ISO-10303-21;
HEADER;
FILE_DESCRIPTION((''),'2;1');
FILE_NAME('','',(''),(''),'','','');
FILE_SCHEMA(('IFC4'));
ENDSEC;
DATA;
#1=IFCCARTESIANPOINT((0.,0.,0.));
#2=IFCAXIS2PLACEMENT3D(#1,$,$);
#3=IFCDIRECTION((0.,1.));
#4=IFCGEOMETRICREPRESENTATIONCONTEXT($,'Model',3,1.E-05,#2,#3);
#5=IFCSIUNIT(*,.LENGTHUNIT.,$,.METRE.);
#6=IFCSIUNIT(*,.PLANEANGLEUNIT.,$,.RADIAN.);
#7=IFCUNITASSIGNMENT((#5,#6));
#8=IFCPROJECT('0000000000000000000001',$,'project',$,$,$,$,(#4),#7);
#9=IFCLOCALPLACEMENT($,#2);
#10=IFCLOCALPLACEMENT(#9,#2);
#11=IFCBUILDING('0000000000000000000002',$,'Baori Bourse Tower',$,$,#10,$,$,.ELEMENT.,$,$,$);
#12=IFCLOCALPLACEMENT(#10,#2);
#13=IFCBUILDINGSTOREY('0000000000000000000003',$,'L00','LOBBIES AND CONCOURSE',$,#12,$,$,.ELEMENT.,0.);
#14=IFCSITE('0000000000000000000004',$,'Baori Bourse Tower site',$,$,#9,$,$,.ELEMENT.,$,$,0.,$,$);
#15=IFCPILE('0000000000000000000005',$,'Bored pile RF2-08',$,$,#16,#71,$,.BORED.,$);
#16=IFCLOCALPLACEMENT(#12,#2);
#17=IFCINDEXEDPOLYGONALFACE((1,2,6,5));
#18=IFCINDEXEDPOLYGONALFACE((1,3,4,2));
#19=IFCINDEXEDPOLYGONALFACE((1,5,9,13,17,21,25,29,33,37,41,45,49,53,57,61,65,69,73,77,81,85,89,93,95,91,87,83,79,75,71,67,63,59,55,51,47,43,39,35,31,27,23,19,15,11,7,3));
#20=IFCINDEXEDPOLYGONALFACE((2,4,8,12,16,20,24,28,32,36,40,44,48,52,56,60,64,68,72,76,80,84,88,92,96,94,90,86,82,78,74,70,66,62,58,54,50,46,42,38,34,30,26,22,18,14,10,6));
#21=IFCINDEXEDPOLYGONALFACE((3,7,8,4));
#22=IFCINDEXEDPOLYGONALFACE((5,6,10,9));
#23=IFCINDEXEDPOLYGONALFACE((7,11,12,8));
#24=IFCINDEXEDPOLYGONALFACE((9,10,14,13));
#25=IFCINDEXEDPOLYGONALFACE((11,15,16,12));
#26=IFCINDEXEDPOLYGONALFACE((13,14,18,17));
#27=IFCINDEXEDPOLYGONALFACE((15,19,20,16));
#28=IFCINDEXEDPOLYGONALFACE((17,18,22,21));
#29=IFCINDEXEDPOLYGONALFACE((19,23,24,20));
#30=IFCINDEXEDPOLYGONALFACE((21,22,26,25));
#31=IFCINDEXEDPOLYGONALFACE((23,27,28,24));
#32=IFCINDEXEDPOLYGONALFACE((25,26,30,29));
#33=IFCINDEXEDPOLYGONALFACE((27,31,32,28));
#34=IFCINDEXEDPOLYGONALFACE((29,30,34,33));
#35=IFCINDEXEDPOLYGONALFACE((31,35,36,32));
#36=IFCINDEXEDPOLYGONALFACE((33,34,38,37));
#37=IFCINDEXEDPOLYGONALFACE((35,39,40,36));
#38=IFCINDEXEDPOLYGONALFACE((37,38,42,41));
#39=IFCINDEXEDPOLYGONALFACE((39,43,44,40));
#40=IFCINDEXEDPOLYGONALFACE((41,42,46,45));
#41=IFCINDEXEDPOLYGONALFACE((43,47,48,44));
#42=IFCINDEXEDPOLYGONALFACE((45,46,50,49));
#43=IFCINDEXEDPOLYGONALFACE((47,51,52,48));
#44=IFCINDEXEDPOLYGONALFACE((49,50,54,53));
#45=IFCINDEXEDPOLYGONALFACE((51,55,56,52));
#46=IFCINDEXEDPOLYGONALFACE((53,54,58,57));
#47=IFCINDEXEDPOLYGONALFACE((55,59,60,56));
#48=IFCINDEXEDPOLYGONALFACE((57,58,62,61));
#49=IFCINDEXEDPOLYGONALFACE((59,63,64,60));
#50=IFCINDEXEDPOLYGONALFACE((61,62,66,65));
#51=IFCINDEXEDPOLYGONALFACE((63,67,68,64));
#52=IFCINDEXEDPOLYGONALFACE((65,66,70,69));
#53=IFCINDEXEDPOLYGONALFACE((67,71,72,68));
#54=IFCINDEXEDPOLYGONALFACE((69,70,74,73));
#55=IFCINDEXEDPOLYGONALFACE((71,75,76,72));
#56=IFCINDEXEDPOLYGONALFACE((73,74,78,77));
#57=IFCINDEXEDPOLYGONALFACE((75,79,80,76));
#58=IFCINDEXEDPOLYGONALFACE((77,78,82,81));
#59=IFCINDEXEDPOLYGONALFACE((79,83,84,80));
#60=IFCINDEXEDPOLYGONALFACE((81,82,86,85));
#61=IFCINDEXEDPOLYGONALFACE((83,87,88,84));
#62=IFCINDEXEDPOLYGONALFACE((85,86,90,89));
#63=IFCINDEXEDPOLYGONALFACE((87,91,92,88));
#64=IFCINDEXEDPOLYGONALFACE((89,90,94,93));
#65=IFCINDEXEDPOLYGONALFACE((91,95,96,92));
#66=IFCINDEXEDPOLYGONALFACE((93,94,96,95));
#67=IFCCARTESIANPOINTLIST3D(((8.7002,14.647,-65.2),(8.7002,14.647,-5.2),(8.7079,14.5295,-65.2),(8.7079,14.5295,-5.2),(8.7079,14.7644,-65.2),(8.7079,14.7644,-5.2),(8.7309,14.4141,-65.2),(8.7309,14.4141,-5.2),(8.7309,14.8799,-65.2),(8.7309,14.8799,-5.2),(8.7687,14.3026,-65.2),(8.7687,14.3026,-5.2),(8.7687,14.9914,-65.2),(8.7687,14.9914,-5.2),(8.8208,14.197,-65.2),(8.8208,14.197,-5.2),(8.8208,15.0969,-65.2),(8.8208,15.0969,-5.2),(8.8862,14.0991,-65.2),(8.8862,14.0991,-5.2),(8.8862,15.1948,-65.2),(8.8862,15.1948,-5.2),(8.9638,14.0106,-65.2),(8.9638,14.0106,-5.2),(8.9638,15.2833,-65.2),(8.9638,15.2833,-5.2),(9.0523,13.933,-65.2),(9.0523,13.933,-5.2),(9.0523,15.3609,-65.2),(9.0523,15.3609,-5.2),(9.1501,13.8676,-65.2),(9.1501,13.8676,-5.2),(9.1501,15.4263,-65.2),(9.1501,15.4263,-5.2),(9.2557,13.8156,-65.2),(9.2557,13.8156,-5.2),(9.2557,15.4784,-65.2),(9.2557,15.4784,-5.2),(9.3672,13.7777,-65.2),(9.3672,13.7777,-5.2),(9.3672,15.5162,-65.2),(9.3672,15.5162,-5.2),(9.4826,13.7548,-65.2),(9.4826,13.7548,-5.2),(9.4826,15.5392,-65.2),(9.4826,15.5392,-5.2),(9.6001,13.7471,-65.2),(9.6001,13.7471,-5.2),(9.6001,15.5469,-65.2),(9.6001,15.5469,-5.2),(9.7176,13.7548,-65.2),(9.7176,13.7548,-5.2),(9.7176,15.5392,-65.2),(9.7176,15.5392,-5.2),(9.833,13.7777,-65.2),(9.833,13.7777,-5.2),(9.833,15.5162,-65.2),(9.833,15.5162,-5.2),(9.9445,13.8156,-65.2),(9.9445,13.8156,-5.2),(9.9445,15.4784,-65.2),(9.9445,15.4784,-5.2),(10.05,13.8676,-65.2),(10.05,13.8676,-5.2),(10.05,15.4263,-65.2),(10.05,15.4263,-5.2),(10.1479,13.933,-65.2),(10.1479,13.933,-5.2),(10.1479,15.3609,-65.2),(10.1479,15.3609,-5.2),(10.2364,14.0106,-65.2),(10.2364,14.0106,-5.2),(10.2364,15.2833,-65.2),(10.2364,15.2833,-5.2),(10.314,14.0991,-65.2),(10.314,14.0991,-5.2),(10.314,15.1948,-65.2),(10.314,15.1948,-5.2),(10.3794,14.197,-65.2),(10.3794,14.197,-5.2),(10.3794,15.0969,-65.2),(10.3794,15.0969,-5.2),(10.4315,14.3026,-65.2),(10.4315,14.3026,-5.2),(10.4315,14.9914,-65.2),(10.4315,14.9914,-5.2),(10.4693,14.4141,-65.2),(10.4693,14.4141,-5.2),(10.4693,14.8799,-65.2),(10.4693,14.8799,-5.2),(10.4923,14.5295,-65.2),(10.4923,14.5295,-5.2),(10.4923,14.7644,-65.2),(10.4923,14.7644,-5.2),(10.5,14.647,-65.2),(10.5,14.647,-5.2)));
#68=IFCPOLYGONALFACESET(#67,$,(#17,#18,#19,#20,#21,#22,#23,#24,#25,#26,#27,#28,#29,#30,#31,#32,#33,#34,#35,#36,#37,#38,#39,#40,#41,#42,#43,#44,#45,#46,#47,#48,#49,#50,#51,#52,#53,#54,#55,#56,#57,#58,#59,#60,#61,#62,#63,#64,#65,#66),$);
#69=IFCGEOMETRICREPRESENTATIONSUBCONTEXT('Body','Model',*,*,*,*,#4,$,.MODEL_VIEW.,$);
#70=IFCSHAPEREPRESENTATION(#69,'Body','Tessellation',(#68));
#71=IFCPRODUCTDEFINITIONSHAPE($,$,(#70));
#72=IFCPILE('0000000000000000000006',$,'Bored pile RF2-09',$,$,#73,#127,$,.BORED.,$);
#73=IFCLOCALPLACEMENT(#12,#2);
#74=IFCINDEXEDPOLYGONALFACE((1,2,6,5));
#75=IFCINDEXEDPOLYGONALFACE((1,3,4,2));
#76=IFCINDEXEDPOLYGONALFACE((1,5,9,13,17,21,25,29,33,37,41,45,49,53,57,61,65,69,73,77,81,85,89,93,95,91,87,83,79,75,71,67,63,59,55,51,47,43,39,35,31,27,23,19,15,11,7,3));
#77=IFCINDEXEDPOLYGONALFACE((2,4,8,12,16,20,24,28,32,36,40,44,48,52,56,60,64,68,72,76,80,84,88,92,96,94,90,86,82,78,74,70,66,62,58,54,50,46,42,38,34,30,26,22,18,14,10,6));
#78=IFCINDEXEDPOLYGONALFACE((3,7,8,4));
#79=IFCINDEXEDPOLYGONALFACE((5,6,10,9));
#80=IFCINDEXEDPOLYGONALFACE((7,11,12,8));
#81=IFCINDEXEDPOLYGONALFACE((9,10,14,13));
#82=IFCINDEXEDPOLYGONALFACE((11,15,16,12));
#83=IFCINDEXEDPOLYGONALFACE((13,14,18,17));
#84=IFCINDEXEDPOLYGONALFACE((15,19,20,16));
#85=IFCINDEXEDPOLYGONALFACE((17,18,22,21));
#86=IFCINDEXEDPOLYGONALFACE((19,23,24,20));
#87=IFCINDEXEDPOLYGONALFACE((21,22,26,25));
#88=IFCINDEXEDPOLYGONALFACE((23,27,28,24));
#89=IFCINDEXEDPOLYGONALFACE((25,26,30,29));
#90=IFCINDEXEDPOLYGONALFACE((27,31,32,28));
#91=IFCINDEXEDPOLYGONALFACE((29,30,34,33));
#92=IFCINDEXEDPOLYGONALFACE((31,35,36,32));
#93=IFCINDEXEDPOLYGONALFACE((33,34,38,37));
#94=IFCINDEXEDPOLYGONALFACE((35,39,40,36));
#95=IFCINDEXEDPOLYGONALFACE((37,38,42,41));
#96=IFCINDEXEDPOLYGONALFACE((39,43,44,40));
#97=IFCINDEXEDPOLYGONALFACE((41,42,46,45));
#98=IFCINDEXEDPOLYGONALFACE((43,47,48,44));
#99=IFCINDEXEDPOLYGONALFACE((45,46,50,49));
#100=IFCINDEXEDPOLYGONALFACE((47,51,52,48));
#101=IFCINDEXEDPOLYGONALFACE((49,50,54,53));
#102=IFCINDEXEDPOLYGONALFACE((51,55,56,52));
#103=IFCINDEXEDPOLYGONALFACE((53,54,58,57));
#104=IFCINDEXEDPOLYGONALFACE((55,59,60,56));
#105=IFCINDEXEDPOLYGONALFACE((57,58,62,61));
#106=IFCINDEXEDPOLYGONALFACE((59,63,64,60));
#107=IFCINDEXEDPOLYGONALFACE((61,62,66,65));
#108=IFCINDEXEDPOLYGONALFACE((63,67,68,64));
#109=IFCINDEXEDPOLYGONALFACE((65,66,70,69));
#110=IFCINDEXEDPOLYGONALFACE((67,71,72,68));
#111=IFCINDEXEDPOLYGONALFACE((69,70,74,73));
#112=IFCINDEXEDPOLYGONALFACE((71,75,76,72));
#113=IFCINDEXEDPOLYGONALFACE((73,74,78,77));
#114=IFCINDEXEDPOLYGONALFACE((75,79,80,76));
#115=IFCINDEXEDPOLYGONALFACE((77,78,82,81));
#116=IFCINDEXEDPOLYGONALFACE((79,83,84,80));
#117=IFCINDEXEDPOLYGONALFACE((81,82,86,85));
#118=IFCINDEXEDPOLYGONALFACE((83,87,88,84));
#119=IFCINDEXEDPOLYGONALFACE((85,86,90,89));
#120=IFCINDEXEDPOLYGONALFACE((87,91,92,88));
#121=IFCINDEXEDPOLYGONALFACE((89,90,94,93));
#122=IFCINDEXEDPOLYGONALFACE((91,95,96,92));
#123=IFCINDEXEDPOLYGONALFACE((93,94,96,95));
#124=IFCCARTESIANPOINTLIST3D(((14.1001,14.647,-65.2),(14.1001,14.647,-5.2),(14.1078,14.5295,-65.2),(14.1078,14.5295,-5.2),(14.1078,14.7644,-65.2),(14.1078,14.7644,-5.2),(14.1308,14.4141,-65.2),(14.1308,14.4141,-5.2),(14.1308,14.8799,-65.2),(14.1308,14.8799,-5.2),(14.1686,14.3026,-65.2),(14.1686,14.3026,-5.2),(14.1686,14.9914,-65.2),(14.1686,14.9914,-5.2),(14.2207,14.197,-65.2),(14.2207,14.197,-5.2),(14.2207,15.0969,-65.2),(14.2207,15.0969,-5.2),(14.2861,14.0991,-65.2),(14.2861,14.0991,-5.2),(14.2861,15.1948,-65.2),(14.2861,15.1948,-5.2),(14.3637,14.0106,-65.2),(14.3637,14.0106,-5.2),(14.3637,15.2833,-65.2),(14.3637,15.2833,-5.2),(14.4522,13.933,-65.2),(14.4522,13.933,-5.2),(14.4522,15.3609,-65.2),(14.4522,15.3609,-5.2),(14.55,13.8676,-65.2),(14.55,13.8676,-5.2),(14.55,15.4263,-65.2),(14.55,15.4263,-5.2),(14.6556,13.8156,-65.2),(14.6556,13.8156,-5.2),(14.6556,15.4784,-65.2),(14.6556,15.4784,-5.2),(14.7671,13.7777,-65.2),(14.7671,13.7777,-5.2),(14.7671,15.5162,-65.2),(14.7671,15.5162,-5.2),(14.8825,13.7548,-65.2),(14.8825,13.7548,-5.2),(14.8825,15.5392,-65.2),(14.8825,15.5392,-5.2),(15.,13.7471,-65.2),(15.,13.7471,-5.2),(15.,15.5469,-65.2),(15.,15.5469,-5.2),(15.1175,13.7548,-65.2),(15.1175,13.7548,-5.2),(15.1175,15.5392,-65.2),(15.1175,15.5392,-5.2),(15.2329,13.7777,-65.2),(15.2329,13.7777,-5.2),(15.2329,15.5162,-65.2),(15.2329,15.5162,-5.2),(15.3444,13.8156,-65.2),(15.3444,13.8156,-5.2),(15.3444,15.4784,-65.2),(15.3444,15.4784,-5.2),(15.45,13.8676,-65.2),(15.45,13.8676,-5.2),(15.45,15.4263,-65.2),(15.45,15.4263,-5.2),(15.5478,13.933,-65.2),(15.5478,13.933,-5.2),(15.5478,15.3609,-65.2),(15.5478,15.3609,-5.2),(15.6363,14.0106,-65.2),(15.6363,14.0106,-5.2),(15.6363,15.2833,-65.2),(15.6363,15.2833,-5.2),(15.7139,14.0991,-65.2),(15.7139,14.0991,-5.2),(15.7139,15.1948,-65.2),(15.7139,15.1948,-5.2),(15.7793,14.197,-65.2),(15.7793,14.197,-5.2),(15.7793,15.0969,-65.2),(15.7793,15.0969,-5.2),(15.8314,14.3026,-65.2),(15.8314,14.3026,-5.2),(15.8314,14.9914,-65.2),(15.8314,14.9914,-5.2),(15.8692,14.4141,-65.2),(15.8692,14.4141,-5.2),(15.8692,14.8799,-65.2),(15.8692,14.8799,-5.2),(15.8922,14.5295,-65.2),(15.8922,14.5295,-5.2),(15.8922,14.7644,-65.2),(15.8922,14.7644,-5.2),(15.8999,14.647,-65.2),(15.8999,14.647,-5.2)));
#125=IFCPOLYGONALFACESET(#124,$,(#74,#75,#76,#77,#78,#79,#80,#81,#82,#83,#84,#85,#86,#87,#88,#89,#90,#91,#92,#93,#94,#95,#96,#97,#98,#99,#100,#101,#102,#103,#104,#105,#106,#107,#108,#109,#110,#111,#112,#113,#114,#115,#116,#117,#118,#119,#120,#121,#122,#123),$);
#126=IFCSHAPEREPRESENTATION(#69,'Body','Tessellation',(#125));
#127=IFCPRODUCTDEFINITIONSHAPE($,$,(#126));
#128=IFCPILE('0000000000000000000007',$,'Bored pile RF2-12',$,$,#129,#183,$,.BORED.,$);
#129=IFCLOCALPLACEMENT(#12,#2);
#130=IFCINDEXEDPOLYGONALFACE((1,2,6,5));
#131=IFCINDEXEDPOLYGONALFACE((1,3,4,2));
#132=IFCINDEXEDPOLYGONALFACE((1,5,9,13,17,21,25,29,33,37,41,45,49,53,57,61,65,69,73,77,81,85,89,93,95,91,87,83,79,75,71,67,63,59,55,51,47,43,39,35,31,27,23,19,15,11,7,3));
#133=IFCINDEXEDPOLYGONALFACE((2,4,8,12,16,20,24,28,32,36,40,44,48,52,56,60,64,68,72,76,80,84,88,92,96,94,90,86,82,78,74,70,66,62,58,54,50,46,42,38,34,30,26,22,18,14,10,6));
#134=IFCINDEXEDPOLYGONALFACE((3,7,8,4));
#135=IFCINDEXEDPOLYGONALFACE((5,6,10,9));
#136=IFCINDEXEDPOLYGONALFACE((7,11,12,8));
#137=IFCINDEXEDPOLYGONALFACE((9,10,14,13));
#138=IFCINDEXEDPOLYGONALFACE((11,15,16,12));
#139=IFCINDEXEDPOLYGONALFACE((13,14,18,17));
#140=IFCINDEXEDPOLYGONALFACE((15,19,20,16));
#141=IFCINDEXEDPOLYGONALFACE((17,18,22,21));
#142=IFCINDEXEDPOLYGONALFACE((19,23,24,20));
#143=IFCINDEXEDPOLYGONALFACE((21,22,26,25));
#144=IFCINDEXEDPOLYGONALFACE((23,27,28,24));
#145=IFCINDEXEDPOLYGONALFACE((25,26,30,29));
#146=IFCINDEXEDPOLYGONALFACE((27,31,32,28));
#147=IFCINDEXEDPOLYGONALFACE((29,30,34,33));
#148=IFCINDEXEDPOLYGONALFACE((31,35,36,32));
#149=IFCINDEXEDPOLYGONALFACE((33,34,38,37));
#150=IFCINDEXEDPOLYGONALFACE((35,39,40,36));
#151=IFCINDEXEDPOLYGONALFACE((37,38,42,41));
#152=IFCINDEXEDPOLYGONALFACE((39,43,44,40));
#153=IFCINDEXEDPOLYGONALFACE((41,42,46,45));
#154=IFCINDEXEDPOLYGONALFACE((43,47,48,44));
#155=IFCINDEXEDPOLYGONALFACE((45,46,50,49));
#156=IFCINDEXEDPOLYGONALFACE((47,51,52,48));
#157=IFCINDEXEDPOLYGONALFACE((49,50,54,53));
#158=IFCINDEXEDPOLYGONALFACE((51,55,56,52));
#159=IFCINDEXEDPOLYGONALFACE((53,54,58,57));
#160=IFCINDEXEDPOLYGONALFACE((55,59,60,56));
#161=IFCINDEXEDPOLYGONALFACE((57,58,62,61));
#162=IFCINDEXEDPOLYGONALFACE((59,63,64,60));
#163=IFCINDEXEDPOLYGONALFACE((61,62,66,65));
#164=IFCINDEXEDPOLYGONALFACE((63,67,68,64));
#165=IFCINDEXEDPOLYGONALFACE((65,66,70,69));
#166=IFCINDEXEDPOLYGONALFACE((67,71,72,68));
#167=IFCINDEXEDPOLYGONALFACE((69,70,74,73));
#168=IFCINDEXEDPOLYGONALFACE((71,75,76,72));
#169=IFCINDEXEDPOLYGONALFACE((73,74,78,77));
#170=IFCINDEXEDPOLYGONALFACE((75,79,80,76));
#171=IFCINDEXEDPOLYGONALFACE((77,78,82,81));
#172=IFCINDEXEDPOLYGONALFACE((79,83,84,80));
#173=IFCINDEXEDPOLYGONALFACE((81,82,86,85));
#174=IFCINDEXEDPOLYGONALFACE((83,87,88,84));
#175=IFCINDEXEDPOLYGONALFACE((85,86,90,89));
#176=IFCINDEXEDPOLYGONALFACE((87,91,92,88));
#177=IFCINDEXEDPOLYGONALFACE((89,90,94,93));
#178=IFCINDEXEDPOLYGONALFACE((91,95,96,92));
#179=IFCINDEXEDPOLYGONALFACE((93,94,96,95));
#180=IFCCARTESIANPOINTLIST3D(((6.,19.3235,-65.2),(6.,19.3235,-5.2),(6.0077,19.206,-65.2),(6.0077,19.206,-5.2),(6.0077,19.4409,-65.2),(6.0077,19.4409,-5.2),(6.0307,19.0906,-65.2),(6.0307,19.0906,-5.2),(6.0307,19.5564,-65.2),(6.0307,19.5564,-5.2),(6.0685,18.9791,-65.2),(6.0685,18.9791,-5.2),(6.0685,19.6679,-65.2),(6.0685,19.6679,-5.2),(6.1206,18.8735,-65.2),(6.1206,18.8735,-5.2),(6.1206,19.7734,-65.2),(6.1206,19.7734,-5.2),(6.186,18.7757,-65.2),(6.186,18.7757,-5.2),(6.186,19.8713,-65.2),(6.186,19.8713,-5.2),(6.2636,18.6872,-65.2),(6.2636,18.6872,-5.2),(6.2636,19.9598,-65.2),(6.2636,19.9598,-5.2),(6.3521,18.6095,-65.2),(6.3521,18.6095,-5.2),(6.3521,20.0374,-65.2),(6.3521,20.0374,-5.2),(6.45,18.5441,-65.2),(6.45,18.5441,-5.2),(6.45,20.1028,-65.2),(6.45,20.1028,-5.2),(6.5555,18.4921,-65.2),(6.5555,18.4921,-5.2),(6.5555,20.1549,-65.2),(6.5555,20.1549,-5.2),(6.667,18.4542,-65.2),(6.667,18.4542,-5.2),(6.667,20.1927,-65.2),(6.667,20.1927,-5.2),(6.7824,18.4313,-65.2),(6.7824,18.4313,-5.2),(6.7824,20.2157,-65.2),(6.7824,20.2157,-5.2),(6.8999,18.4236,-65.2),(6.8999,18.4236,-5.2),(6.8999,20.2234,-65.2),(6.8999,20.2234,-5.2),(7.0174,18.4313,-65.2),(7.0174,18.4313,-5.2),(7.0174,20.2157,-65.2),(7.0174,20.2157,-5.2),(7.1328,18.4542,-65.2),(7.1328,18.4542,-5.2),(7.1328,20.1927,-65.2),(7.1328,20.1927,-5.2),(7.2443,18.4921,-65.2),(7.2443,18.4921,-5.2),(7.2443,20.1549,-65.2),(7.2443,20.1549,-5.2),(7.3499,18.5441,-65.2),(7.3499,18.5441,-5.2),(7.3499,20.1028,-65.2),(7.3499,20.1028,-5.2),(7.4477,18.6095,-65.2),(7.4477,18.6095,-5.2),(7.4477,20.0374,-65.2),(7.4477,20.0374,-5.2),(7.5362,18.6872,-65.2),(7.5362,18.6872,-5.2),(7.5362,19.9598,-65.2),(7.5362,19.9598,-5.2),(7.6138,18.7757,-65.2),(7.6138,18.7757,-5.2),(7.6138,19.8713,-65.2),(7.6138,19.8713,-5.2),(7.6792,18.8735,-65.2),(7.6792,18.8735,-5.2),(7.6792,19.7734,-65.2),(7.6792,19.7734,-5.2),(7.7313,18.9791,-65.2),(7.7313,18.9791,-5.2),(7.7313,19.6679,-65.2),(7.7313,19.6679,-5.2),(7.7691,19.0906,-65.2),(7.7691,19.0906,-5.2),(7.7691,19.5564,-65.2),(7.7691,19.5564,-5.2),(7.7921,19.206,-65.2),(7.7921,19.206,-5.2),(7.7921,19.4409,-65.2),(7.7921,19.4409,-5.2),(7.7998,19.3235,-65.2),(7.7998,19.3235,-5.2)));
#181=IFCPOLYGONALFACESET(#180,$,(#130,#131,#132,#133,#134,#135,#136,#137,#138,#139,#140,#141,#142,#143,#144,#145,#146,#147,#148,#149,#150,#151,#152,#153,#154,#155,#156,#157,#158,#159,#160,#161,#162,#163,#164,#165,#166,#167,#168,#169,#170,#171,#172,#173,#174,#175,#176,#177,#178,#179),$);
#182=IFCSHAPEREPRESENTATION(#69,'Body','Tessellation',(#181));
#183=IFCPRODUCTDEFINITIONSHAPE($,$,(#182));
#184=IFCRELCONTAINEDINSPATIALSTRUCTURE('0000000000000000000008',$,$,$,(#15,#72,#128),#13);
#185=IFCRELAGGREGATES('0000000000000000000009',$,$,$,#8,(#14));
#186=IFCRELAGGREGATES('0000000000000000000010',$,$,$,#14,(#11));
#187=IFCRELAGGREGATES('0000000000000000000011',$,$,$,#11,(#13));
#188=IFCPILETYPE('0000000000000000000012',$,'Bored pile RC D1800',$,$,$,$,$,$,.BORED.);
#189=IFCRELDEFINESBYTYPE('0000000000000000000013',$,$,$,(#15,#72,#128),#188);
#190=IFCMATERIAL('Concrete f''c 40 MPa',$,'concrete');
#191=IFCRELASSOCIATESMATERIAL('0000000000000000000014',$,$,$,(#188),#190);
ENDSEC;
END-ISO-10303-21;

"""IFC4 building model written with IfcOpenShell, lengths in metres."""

from ifc_helpers import new_model, si_unit, direction, frame, origin, origin_2d, place, context, subcontext, project, spatial, circle, extrude, material, material_profile, profile_set, type_object, element, save


model = new_model("IFC4")

# Units and contexts
model_context = context("Model", 3, precision=1e-05, world=origin(), true_north=direction((0.0, 1.0)))
body_context = subcontext(model_context, "Body", "Model", "MODEL_VIEW")
ifc_project = project(units=[si_unit("LENGTHUNIT", "METRE"), si_unit("PLANEANGLEUNIT", "RADIAN")], contexts=[model_context])

# Site, building, storey
site_placement = place(None, origin())
site = spatial("IfcSite", under=ifc_project, at=site_placement, Name="Baori Bourse Tower site", CompositionType="ELEMENT", RefElevation=0.0)
building_placement = place(site_placement, origin())
building = spatial("IfcBuilding", under=site, at=building_placement, Name="Baori Bourse Tower", CompositionType="ELEMENT")
storey_placement = place(building_placement, origin())
storey = spatial("IfcBuildingStorey", under=building, at=storey_placement, Name="L00", Description="LOBBIES AND CONCOURSE", CompositionType="ELEMENT", Elevation=0.0)

# Piles
ifc_material_1 = material(Name="Concrete f'c 40 MPa", Category="concrete")
ifc_material_profile = material_profile(ifc_material_1, circle(Radius=0.8999, at=origin_2d()), Name="RC D1800")
ifc_profile_set = profile_set([ifc_material_profile], Name="Concrete f'c 40 MPa")
pile_type = type_object("IfcPileType", Name="Bored pile RC D1800", PredefinedType="BORED", material=ifc_profile_set)
for number, where, z_axis, x_axis, name in (
    (1, (9.6001, 14.647, -5.2), (0.0, 0.0, -1.0), (1.0, 0.0, 0.0), "Bored pile RF2-08"),
    (2, (15.0, 14.647, -5.2), (0.0, 0.0, -1.0), (1.0, 0.0, 0.0), "Bored pile RF2-09"),
    (3, (6.8999, 19.3235, -5.2), (0.0, 0.0, -1.0), (1.0, 0.0, 0.0), "Bored pile RF2-12"),
):
    element("IfcPile", number, at=place(storey_placement, frame(where, z_axis=z_axis, x_axis=x_axis)), inside=storey, type_object=pile_type, Name=name, PredefinedType="BORED", context=body_context, shape_type="SweptSolid", body=[
        extrude(circle(Radius=0.8999, at=origin_2d()), origin(), (0.0, 0.0, 1.0), 60.0),
    ])

save(model, "model.ifc")
